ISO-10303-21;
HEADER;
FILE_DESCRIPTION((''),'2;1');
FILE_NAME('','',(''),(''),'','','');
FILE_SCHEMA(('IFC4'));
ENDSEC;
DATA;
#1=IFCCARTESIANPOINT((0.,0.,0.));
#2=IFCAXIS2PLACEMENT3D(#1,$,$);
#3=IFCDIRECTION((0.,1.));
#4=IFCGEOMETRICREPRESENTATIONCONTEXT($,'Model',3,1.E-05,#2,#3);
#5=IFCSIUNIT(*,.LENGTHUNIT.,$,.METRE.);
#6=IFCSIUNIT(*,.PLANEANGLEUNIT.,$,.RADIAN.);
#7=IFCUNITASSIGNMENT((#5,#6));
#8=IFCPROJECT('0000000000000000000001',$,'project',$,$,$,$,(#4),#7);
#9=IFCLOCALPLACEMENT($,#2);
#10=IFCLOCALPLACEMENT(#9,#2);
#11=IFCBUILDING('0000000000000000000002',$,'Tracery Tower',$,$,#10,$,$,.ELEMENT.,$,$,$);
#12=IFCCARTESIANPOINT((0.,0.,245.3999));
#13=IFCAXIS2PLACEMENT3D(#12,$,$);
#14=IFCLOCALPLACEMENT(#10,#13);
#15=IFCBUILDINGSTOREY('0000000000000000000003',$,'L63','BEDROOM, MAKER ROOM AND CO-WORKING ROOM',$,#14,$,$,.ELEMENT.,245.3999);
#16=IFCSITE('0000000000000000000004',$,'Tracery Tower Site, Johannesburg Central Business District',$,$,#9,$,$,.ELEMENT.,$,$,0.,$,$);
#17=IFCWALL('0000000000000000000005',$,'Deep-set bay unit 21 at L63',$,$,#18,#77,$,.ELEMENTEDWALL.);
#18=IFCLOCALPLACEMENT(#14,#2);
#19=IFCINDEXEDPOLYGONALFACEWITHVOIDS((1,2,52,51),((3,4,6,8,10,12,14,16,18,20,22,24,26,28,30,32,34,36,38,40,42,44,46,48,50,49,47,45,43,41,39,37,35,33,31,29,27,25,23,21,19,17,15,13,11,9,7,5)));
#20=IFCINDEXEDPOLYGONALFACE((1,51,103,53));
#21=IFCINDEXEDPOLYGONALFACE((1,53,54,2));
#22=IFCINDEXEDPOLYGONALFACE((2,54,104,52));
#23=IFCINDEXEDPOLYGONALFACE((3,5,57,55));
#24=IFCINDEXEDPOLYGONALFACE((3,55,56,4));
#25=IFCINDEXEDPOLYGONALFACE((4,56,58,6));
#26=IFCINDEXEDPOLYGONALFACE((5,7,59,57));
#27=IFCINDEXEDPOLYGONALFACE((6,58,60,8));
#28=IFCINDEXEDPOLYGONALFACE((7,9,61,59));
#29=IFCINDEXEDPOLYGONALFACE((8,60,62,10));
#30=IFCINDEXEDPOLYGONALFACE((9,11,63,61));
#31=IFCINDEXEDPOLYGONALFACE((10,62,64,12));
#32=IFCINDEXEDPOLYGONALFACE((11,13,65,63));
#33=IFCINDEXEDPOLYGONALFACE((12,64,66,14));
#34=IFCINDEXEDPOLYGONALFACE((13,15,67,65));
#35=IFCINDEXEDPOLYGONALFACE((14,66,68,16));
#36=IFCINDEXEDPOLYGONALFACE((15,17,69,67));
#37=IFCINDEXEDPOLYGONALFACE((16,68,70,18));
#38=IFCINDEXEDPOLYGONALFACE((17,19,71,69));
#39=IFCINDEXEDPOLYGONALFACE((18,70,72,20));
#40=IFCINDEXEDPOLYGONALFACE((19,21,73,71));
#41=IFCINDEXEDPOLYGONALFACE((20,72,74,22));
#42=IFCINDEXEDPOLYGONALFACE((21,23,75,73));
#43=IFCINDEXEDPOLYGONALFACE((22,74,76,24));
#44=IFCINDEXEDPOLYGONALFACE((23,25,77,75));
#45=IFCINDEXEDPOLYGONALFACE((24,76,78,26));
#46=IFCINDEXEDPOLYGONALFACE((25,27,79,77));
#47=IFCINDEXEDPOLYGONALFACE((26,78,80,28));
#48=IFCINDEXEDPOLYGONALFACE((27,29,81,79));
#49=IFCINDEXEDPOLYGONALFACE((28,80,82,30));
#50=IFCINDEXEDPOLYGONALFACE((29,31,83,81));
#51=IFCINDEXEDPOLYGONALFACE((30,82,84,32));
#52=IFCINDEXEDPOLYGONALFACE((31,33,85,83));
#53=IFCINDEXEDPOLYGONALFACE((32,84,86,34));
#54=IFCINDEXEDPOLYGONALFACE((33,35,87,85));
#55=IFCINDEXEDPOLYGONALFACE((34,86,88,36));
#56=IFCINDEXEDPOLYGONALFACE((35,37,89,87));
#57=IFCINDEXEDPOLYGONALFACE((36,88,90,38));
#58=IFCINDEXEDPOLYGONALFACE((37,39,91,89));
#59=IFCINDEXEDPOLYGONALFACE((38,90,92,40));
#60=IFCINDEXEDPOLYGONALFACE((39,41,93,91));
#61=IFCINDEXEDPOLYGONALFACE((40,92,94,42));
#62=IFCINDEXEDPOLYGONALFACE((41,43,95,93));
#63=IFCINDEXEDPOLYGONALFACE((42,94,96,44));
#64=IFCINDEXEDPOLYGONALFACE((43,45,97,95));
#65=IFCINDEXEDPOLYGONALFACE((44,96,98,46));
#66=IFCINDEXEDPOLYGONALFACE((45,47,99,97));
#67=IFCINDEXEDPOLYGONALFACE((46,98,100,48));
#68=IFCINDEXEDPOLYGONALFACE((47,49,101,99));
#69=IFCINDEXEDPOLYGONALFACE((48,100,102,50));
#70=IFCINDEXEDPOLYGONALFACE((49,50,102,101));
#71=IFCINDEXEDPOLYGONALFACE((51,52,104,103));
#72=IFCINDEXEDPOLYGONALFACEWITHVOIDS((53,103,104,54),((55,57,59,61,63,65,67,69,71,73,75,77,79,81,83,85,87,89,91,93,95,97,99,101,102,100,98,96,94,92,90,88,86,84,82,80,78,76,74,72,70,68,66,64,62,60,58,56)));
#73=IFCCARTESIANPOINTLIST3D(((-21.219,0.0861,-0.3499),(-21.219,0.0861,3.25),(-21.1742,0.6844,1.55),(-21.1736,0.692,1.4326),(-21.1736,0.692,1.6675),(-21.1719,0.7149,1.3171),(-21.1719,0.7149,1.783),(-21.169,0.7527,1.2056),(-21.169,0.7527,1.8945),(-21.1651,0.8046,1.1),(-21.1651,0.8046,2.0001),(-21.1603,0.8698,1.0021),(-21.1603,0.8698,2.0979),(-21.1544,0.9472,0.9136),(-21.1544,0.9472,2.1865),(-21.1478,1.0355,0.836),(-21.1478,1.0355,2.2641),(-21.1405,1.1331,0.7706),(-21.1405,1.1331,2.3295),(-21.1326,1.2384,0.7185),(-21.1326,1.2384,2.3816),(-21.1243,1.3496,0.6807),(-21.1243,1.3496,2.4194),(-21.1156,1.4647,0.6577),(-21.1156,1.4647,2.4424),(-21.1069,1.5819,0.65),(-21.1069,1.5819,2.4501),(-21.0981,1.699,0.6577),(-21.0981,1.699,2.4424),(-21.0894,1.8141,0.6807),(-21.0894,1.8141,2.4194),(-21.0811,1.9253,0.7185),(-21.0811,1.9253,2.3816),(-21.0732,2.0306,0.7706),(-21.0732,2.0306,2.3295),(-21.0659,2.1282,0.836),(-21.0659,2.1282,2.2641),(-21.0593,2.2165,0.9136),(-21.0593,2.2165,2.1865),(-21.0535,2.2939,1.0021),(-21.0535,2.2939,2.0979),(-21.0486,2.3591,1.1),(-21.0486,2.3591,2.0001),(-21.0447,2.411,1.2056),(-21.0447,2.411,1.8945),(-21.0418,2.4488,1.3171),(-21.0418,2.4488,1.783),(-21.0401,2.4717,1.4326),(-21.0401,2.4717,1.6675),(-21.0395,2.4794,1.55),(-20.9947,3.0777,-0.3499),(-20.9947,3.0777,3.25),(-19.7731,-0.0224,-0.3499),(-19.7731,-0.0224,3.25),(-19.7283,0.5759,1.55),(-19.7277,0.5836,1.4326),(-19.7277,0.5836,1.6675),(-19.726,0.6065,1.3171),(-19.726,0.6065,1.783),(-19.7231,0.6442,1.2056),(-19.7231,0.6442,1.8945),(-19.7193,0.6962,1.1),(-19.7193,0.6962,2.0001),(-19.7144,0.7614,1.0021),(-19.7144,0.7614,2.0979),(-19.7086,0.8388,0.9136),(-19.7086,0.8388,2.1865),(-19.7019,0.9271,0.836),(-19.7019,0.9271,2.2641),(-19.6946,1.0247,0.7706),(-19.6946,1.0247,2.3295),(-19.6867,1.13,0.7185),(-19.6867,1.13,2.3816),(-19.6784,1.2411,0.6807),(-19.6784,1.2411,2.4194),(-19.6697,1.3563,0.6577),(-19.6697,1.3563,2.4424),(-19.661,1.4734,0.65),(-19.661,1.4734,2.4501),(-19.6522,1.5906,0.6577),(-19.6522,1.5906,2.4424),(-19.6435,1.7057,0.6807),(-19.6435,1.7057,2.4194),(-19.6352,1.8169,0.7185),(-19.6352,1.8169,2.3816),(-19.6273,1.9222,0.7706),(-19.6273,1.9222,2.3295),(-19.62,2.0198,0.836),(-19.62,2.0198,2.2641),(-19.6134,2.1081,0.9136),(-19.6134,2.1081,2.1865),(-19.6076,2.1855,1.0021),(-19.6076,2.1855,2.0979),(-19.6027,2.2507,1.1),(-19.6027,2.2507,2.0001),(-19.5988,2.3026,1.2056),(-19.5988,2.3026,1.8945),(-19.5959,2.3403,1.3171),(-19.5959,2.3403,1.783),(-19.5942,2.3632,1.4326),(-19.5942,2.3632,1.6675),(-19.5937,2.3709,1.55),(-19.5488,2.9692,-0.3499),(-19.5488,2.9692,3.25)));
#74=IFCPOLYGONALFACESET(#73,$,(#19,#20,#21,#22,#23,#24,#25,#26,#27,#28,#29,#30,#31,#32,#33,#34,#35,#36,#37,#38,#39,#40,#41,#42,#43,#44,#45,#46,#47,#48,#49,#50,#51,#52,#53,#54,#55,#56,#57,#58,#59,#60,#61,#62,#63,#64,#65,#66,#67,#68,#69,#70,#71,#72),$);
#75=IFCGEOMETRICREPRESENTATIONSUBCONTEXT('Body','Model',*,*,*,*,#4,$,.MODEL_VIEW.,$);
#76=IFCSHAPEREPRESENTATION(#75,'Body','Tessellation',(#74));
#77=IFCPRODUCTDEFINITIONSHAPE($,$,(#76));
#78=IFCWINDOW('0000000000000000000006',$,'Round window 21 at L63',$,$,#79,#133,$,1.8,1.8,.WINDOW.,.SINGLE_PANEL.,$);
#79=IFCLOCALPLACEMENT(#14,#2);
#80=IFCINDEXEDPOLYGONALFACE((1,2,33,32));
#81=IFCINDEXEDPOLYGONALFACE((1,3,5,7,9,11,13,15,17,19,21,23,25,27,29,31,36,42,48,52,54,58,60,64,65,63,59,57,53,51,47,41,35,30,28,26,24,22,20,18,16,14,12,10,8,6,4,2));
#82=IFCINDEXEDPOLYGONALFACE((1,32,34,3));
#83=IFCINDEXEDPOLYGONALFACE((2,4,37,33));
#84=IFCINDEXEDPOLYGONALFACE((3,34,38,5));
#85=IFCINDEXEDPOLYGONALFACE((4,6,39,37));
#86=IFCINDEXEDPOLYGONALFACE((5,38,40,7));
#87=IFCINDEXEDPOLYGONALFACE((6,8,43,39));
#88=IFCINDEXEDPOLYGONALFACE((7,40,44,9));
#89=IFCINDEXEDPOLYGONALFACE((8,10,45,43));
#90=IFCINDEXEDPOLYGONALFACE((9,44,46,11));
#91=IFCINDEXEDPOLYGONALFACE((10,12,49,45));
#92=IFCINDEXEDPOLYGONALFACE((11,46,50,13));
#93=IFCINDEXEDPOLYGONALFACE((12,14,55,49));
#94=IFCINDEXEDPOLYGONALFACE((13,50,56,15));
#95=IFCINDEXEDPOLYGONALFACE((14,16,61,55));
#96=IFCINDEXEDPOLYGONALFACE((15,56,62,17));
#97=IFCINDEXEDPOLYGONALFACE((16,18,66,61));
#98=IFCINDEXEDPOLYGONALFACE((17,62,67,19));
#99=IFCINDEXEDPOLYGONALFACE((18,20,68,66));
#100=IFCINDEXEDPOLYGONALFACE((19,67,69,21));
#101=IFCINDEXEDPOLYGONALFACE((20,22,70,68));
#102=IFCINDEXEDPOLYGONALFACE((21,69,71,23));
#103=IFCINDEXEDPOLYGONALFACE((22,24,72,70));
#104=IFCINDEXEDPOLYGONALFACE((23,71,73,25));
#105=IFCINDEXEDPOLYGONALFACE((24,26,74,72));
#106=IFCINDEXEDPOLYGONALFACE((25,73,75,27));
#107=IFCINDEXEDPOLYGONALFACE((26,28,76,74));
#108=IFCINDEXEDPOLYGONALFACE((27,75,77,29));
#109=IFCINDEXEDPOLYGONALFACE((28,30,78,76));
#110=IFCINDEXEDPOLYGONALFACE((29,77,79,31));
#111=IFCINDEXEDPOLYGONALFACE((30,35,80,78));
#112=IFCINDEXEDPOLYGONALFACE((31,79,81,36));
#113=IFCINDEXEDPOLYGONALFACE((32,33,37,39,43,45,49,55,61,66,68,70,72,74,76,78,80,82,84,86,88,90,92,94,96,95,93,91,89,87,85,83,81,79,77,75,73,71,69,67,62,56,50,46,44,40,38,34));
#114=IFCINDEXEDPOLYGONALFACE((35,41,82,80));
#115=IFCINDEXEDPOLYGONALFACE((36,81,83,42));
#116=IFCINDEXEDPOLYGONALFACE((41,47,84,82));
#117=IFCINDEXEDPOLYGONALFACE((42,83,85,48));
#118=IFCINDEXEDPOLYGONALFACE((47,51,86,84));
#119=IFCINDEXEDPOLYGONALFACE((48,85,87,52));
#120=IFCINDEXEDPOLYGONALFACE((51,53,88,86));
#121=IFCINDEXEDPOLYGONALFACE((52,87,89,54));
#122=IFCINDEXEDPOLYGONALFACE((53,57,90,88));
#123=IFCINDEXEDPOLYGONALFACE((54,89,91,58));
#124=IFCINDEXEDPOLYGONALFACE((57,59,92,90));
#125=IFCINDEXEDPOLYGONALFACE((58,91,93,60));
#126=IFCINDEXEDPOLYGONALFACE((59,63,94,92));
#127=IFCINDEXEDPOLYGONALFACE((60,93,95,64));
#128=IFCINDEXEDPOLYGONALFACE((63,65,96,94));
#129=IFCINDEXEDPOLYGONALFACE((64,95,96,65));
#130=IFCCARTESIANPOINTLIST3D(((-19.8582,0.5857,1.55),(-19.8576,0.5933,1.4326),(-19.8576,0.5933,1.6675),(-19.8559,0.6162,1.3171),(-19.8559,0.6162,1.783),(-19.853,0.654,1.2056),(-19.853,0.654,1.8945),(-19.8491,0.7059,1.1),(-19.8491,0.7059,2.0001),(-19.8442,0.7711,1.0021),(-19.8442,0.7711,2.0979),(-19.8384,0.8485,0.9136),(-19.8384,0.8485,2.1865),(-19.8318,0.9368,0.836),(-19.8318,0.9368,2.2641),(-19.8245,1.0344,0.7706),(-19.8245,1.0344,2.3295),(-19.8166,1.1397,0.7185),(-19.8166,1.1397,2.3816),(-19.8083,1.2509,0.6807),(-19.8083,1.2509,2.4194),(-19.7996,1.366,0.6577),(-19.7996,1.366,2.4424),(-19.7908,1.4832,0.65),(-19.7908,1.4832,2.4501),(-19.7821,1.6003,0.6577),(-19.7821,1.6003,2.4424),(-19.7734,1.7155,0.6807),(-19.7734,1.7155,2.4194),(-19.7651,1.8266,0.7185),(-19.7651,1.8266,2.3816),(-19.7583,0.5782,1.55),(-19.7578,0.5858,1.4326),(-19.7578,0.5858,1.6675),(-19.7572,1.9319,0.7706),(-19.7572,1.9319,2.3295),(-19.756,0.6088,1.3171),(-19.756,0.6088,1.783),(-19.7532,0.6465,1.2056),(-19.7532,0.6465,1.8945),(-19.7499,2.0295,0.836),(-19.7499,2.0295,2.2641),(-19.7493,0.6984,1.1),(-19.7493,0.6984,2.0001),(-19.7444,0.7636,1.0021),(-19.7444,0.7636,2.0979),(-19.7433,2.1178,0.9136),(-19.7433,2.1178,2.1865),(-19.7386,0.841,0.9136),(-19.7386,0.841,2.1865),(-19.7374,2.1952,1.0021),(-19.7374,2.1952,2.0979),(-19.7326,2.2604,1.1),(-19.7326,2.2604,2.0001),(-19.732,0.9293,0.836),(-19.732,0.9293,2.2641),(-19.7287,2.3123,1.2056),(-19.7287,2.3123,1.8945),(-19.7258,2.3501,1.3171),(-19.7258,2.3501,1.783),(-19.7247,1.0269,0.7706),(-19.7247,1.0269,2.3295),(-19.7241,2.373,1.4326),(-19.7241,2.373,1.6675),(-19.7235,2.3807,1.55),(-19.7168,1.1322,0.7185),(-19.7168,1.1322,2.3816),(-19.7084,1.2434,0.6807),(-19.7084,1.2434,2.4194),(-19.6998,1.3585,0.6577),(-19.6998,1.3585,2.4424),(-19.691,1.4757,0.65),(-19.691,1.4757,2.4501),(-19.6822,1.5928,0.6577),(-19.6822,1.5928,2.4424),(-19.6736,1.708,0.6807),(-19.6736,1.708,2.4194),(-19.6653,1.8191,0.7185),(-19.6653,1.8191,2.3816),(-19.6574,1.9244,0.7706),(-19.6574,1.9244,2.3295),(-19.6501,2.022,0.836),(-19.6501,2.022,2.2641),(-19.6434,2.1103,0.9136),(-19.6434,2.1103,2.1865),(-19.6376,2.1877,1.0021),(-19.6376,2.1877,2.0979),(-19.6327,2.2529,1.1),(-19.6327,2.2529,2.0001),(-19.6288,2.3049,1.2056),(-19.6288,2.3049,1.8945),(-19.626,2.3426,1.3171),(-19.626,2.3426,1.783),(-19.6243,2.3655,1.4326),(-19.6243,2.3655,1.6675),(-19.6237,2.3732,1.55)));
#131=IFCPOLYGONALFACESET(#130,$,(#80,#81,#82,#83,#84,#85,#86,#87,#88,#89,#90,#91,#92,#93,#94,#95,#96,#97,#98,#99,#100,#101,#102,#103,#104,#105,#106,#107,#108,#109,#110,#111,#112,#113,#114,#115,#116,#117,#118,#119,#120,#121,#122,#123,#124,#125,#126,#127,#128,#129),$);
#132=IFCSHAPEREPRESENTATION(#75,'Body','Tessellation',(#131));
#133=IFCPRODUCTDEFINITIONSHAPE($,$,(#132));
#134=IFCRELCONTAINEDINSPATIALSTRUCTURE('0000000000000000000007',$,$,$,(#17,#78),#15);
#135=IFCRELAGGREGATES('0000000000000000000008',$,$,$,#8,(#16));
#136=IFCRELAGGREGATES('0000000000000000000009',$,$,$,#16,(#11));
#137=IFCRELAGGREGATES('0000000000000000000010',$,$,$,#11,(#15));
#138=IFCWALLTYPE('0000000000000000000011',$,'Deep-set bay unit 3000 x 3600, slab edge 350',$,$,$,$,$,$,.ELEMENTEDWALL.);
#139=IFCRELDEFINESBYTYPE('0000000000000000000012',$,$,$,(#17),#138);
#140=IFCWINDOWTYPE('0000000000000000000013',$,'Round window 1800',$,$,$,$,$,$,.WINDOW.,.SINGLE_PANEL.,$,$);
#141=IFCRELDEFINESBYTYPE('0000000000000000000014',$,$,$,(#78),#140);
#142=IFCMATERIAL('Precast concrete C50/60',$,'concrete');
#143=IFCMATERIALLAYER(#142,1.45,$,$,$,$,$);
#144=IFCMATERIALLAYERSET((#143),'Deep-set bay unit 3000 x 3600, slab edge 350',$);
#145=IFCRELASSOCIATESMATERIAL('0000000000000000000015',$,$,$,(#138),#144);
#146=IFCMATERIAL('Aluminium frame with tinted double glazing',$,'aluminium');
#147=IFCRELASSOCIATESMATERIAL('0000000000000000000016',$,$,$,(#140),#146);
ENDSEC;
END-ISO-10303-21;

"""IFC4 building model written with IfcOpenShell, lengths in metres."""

from ifc_helpers import new_model, si_unit, direction, frame, frame_2d, origin, origin_2d, place, context, subcontext, project, spatial, rectangle, circle, extrude, material, layer, layer_set, type_object, element, fill, save


model = new_model("IFC4")

# Units and contexts
model_context = context("Model", 3, precision=1e-05, world=origin(), true_north=direction((0.0, 1.0)))
body_context = subcontext(model_context, "Body", "Model", "MODEL_VIEW")
ifc_project = project(units=[si_unit("LENGTHUNIT", "METRE"), si_unit("PLANEANGLEUNIT", "RADIAN")], contexts=[model_context])

# Site, building, storey
site_placement = place(None, origin())
site = spatial("IfcSite", under=ifc_project, at=site_placement, Name="Tracery Tower Site, Johannesburg Central Business District", CompositionType="ELEMENT", RefElevation=0.0)
building_placement = place(site_placement, origin())
building = spatial("IfcBuilding", under=site, at=building_placement, Name="Tracery Tower", CompositionType="ELEMENT")
storey_placement = place(building_placement, frame((0.0, 0.0, 245.3999)))
storey = spatial("IfcBuildingStorey", under=building, at=storey_placement, Name="L63", Description="BEDROOM, MAKER ROOM AND CO-WORKING ROOM", CompositionType="ELEMENT", Elevation=245.3999)

# Wall, opening, window
ifc_material_1 = material(Name="Precast concrete C50/60", Category="concrete")
ifc_layer_1 = layer(ifc_material_1, 1.45)
ifc_layer_set_1 = layer_set([ifc_layer_1], Name="Deep-set bay unit 3000 x 3600, slab edge 350")
wall_type_1 = type_object("IfcWallType", Name="Deep-set bay unit 3000 x 3600, slab edge 350", PredefinedType="ELEMENTEDWALL", material=ifc_layer_set_1)
wall_1_placement = place(storey_placement, frame((-20.2717, 3.0234, -0.3499), z_axis=(0.0, 0.0, 1.0), x_axis=(-0.074786, -0.9972, 0.0)))
wall_1 = element("IfcWall", 1, at=wall_1_placement, inside=storey, type_object=wall_type_1, Name="Deep-set bay unit 21 at L63", PredefinedType="ELEMENTEDWALL", context=body_context, shape_type="SweptSolid", body=[
    extrude(rectangle(XDim=3.0, YDim=1.45, at=frame_2d((1.5, 0.0))), origin(), (0.0, 0.0, 1.0), 3.5999),
])
opening_1_placement = place(wall_1_placement, frame((1.5, 0.0, 1.8999)))
opening_1 = element("IfcOpeningElement", 2, at=opening_1_placement, cuts=wall_1, PredefinedType="OPENING", context=body_context, shape_type="SweptSolid", body=[
    extrude(circle(Radius=0.9, at=origin_2d()), frame((0.0, 0.7349, 0.0), z_axis=(0.0, -1.0, 0.0), x_axis=(1.0, 0.0, 0.0)), (0.0, 0.0, 1.0), 1.47),
])
ifc_material_2 = material(Name="Aluminium frame with tinted double glazing", Category="aluminium")
window_type = type_object("IfcWindowType", Name="Round window 1800", PartitioningType="SINGLE_PANEL", PredefinedType="WINDOW", material=ifc_material_2)
window_1_placement = place(opening_1_placement, origin())
window_1 = element("IfcWindow", 3, at=window_1_placement, inside=storey, type_object=window_type, Name="Round window 21 at L63", OverallHeight=1.8, OverallWidth=1.8, PartitioningType="SINGLE_PANEL", PredefinedType="WINDOW", context=body_context, shape_type="SweptSolid", body=[
    extrude(circle(Radius=0.9, at=origin_2d()), frame((0.0, 0.6948, 0.0), z_axis=(0.0, -1.0, 0.0), x_axis=(1.0, 0.0, 0.0)), (0.0, 0.0, 1.0), 0.1001),
])
fill(opening_1, window_1)

save(model, "model.ifc")
